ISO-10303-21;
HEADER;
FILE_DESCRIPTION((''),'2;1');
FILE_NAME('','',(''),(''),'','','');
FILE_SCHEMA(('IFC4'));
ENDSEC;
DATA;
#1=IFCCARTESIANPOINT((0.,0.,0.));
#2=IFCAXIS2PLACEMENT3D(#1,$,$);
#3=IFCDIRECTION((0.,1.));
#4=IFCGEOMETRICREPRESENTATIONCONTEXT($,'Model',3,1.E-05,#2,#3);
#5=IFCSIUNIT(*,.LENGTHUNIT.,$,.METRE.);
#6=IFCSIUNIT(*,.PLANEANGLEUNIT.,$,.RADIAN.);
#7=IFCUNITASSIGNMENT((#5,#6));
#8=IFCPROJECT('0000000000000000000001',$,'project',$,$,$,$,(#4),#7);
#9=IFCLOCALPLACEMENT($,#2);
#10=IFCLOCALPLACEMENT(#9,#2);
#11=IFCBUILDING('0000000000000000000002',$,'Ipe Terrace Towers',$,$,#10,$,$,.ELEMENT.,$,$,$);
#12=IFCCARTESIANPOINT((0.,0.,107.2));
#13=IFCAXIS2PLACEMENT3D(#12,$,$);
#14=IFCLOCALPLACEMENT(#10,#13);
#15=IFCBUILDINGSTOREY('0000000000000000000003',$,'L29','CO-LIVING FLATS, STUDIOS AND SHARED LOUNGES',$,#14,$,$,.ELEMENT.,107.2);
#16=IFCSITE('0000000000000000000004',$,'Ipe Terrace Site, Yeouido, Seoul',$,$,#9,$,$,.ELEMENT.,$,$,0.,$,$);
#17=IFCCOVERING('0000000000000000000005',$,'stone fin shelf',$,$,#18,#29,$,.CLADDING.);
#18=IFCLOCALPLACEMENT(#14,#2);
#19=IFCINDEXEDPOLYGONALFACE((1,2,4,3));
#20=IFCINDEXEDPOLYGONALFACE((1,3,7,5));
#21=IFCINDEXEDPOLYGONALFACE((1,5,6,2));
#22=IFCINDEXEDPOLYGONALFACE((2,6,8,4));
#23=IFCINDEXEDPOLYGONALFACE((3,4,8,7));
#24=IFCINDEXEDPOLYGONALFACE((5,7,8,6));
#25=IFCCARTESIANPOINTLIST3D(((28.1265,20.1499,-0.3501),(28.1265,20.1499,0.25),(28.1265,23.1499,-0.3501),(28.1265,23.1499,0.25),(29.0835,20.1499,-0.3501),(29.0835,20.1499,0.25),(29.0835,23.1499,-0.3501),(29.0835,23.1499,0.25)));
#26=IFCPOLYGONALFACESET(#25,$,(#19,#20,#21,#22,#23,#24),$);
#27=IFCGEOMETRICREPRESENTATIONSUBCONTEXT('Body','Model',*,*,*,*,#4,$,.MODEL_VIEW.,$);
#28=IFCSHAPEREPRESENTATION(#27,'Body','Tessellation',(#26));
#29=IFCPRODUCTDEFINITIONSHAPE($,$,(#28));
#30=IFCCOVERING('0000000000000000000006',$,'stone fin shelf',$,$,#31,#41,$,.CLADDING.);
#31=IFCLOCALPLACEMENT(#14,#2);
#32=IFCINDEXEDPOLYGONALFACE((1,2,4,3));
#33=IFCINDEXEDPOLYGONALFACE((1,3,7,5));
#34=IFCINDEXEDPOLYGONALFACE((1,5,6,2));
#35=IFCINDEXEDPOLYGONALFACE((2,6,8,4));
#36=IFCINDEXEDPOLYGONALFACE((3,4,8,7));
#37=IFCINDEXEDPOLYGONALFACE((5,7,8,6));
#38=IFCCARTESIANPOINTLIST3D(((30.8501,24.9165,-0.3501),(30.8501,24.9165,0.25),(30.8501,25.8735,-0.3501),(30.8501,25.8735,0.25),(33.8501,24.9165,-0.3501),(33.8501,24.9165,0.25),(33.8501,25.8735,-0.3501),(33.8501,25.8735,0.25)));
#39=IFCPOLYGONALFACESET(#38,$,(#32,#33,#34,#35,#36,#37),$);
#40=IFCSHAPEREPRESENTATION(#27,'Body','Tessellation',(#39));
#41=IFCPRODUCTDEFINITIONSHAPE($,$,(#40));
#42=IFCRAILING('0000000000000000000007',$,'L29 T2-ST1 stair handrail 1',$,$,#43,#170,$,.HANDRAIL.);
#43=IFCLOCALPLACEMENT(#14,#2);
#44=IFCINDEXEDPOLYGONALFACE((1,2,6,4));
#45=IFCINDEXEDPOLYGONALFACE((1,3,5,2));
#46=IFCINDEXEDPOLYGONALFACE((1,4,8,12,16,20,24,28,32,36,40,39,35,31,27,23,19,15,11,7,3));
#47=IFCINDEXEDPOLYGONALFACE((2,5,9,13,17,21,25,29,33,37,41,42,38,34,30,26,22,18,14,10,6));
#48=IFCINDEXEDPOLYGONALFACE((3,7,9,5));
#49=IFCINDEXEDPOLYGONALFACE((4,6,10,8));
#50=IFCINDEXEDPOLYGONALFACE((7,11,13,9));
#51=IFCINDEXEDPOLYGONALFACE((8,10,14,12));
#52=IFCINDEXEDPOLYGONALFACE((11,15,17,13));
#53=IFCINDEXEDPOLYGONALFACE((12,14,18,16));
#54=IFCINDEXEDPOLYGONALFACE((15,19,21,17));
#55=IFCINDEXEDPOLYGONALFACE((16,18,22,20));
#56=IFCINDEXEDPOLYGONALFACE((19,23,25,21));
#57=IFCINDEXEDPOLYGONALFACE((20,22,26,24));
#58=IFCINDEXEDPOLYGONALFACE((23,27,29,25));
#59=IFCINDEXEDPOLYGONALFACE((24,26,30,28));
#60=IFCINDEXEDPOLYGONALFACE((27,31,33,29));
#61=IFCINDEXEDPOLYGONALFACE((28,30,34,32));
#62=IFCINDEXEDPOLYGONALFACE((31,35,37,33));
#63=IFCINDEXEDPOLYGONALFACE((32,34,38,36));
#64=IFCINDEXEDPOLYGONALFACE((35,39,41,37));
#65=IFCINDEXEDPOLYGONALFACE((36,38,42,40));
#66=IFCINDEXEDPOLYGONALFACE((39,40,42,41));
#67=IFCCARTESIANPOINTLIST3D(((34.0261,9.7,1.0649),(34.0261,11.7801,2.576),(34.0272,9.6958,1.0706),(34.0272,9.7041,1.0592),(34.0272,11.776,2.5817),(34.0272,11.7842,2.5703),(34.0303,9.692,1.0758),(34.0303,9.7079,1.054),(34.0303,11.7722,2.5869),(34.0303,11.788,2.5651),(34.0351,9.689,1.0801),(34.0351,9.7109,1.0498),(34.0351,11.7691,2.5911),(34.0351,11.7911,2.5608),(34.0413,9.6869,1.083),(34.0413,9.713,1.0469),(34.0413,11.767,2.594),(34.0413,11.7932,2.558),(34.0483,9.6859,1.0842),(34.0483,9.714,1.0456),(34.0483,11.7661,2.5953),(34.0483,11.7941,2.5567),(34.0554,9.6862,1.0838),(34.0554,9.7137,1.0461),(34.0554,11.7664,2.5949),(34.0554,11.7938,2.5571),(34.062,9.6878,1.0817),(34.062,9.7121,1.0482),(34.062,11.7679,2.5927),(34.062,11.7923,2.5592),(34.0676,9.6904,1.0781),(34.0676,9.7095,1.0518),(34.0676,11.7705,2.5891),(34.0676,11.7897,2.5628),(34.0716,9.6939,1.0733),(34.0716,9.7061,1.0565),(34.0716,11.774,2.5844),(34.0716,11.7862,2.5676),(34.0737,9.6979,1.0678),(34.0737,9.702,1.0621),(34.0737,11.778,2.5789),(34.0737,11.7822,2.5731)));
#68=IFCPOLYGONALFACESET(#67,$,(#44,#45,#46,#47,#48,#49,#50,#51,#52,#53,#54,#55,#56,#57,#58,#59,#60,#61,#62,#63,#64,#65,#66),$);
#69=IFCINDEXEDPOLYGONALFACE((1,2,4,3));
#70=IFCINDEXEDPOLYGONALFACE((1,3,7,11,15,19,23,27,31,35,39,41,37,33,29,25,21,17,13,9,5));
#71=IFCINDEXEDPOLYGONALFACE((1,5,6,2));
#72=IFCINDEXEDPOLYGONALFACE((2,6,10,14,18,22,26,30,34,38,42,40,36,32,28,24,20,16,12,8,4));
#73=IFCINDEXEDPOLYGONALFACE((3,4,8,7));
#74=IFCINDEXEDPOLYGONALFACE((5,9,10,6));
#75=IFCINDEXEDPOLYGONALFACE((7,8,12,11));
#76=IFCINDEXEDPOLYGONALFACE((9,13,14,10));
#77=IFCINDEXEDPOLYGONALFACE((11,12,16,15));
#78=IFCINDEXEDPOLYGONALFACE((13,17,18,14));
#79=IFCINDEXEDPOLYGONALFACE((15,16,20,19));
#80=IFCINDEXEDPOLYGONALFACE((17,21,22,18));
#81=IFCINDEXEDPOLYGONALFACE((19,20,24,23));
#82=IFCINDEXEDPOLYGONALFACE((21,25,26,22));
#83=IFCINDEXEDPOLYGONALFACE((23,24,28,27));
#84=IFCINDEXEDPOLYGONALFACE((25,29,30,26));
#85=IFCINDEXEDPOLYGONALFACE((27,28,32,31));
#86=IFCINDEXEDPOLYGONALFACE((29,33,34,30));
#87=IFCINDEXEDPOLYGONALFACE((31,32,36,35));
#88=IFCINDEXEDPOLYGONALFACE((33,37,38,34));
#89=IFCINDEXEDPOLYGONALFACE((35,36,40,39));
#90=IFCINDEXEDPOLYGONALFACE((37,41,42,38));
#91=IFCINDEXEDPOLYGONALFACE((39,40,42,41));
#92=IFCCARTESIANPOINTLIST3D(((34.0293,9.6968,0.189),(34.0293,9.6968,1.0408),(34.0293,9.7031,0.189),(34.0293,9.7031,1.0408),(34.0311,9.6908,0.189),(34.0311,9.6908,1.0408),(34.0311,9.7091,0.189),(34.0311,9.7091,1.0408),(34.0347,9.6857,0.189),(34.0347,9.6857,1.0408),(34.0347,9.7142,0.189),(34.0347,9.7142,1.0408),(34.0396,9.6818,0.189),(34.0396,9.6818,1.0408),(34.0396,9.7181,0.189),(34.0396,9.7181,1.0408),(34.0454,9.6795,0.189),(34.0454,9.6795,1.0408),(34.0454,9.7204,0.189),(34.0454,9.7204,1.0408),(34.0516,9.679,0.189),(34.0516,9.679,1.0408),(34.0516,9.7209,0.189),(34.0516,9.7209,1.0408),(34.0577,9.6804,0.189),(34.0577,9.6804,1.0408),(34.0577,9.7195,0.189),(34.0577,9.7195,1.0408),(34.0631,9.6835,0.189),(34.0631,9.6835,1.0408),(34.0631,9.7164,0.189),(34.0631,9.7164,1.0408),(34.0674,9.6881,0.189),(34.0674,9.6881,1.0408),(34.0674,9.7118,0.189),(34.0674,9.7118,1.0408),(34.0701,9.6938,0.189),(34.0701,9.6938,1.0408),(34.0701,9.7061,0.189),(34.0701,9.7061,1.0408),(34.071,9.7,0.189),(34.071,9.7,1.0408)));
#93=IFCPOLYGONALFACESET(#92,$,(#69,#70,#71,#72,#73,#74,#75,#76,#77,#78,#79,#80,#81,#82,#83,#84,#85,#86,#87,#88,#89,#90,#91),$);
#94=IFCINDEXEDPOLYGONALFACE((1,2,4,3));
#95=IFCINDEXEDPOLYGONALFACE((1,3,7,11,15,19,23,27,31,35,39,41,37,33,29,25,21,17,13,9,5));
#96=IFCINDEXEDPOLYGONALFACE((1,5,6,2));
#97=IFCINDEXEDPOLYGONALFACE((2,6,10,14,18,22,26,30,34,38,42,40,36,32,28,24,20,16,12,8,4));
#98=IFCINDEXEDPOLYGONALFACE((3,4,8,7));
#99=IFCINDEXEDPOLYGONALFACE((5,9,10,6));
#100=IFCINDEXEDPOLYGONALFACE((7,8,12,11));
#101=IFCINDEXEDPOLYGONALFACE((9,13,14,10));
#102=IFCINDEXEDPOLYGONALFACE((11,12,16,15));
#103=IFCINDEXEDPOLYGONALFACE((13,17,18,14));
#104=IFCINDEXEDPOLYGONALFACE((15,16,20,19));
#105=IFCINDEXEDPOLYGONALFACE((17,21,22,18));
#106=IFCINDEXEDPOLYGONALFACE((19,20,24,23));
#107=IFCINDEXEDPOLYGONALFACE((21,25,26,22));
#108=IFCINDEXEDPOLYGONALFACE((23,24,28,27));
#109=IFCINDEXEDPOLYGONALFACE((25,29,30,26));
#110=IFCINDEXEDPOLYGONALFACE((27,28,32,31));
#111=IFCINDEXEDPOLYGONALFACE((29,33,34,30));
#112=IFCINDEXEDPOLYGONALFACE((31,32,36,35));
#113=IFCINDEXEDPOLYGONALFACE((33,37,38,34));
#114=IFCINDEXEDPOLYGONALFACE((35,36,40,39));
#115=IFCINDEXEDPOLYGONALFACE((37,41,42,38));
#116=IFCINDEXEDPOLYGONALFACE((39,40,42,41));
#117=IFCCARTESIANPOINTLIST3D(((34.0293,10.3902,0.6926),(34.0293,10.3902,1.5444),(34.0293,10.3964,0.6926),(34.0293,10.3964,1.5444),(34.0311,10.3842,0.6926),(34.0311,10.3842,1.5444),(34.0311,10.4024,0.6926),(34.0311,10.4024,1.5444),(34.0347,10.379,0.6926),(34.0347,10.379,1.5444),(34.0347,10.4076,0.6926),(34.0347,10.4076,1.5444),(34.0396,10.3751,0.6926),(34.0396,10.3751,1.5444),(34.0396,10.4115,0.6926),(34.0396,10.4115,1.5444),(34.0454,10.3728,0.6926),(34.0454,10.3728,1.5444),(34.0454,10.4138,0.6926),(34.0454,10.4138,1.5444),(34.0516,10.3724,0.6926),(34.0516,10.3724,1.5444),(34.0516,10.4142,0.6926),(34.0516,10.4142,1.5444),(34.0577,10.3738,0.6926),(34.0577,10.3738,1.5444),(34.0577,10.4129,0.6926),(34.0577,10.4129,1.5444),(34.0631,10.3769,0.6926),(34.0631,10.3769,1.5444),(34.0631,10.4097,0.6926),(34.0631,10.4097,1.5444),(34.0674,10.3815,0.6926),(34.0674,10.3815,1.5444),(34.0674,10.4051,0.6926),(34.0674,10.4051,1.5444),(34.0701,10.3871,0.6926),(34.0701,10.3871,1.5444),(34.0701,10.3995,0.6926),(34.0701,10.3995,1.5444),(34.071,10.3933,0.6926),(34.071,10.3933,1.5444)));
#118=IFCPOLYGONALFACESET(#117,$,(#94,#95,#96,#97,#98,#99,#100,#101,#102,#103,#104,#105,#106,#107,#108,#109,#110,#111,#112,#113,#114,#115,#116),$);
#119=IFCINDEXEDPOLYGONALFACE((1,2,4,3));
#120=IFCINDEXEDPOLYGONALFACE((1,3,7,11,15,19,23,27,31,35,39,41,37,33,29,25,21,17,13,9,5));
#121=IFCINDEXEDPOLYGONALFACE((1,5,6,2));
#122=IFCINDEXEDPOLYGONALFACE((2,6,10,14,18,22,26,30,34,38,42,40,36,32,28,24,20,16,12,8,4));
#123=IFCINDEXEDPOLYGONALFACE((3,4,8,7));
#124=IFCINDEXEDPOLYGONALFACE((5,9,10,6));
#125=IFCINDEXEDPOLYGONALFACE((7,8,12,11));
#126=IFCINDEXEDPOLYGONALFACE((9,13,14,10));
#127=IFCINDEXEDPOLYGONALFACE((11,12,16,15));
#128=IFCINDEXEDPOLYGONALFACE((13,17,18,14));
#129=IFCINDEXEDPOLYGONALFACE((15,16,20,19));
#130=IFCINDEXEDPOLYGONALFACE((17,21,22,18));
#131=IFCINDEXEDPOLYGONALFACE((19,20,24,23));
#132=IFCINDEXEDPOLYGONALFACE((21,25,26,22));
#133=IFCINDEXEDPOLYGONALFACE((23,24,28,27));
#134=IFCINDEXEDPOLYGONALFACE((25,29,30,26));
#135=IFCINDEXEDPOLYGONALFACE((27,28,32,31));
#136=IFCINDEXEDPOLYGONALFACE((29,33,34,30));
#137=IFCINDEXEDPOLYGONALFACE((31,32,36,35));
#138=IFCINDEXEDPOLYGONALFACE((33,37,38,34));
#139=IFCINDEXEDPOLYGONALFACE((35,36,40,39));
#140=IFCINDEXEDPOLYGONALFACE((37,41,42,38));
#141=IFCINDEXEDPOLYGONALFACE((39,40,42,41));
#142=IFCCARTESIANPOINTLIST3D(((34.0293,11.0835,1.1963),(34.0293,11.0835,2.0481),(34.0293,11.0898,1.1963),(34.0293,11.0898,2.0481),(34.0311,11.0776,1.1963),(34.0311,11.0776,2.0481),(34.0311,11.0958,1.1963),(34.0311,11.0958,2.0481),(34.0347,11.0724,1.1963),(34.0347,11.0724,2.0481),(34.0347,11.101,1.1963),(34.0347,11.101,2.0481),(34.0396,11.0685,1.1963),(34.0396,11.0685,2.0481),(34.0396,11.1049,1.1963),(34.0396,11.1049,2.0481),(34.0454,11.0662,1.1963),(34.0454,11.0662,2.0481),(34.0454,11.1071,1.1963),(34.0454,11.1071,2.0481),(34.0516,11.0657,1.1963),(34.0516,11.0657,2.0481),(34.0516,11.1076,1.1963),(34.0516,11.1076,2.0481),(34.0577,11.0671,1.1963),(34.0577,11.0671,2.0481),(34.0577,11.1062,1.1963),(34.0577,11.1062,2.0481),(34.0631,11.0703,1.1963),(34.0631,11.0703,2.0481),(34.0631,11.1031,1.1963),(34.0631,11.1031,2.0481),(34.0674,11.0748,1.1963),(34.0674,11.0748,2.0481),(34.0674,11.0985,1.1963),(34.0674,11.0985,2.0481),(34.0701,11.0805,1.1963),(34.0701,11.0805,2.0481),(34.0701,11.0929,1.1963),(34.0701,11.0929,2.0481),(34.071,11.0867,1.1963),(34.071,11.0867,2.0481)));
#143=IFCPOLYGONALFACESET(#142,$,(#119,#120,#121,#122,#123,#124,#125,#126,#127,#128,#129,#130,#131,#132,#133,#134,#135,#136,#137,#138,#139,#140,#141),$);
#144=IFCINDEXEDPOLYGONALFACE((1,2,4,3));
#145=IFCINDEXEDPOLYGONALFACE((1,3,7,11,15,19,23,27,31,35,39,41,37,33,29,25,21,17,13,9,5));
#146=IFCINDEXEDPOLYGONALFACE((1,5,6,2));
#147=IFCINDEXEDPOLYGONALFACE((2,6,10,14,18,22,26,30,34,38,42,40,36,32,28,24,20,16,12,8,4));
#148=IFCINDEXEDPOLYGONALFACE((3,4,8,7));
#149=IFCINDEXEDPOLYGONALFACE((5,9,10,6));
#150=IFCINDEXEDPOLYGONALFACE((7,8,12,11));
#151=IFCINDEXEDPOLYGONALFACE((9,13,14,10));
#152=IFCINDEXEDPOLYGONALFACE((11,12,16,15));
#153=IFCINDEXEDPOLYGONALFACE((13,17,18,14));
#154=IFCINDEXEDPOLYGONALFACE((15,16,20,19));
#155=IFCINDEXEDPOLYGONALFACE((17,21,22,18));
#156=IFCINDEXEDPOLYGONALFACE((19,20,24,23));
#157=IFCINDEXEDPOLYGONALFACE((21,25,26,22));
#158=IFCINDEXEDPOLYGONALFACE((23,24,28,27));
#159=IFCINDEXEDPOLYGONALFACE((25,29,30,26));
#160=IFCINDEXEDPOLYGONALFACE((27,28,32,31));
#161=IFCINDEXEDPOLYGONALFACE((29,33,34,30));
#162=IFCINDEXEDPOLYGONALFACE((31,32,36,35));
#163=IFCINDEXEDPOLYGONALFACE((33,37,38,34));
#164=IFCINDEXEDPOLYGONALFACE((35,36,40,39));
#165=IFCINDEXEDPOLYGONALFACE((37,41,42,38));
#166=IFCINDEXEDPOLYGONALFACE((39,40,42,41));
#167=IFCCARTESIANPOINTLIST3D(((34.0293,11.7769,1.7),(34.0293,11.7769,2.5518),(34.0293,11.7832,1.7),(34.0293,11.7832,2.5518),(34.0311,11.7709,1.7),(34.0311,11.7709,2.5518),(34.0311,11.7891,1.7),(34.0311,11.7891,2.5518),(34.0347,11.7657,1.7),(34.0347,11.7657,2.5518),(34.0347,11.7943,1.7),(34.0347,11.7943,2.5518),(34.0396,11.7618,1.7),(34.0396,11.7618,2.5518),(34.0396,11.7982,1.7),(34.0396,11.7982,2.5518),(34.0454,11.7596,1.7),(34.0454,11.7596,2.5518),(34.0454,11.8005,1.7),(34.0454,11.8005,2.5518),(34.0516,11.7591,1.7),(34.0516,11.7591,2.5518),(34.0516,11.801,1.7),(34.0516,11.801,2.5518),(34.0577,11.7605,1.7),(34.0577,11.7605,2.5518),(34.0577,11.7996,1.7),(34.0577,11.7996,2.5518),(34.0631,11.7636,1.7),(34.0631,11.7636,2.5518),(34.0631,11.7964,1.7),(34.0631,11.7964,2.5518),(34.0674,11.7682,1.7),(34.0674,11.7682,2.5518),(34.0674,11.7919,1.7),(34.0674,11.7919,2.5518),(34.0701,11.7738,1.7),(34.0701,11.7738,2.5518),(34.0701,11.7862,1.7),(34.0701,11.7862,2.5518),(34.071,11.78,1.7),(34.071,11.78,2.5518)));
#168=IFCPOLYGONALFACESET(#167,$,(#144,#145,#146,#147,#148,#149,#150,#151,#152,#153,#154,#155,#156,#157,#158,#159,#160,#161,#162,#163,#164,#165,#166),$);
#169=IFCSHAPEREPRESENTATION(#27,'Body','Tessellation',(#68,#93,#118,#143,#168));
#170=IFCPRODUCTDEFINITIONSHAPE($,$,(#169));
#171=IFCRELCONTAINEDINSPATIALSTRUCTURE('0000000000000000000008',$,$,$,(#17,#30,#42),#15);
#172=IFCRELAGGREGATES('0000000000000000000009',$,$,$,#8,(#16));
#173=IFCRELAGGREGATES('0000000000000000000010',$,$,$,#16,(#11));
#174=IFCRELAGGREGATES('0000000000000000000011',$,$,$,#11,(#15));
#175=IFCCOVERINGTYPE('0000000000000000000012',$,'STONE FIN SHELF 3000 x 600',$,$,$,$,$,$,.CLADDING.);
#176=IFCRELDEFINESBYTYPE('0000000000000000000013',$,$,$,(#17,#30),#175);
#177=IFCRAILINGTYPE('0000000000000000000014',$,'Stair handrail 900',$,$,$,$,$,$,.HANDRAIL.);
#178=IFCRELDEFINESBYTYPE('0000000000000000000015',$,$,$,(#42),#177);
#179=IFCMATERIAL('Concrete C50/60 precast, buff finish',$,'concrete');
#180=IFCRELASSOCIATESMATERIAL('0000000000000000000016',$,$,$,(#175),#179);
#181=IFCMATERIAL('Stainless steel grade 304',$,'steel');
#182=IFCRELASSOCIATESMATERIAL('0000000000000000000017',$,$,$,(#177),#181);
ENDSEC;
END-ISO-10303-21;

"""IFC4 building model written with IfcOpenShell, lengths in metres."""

from ifc_helpers import new_model, si_unit, direction, frame, origin, origin_2d, place, context, subcontext, project, spatial, rectangle, circle, extrude, material, type_object, element, save


model = new_model("IFC4")

# Units and contexts
model_context = context("Model", 3, precision=1e-05, world=origin(), true_north=direction((0.0, 1.0)))
body_context = subcontext(model_context, "Body", "Model", "MODEL_VIEW")
ifc_project = project(units=[si_unit("LENGTHUNIT", "METRE"), si_unit("PLANEANGLEUNIT", "RADIAN")], contexts=[model_context])

# Site, building, storey
site_placement = place(None, origin())
site = spatial("IfcSite", under=ifc_project, at=site_placement, Name="Ipe Terrace Site, Yeouido, Seoul", CompositionType="ELEMENT", RefElevation=0.0)
building_placement = place(site_placement, origin())
building = spatial("IfcBuilding", under=site, at=building_placement, Name="Ipe Terrace Towers", CompositionType="ELEMENT")
storey_placement = place(building_placement, frame((0.0, 0.0, 107.2)))
storey = spatial("IfcBuildingStorey", under=building, at=storey_placement, Name="L29", Description="CO-LIVING FLATS, STUDIOS AND SHARED LOUNGES", CompositionType="ELEMENT", Elevation=107.2)

# Coverings
ifc_material_1 = material(Name="Concrete C50/60 precast, buff finish", Category="concrete")
covering_type_1 = type_object("IfcCoveringType", Name="STONE FIN SHELF 3000 x 600", PredefinedType="CLADDING", material=ifc_material_1)
for number, where, z_axis, x_axis, name in (
    (1, (28.605, 21.6499, -0.3501), (0.0, 0.0, 1.0), (0.0, -1.0, 0.0), "stone fin shelf"),
    (2, (32.3501, 25.395, -0.3501), (0.0, 0.0, 1.0), (-1.0, 0.0, 0.0), "stone fin shelf"),
):
    element("IfcCovering", number, at=place(storey_placement, frame(where, z_axis=z_axis, x_axis=x_axis)), inside=storey, type_object=covering_type_1, Name=name, PredefinedType="CLADDING", context=body_context, shape_type="SweptSolid", body=[
        extrude(rectangle(XDim=3.0, YDim=0.957, at=origin_2d()), origin(), (0.0, 0.0, 1.0), 0.6001),
    ])

# Railing
ifc_material_2 = material(Name="Stainless steel grade 304", Category="steel")
railing_type_1 = type_object("IfcRailingType", Name="Stair handrail 900", PredefinedType="HANDRAIL", material=ifc_material_2)
railing_1_placement = place(storey_placement, frame((34.05, 9.7, 0.189)))
element("IfcRailing", 3, at=railing_1_placement, inside=storey, type_object=railing_type_1, Name="L29 T2-ST1 stair handrail 1", PredefinedType="HANDRAIL", context=body_context, shape_type="SweptSolid", body=[
    extrude(circle(Radius=0.0239, at=origin_2d()), frame((0.0, 0.0, 0.876), z_axis=(0.0, 0.809069, 0.587714), x_axis=(-1.0, 0.0, 0.0)), (0.0, 0.0, 1.0), 2.571),
    extrude(circle(Radius=0.021, at=origin_2d()), origin(), (0.0, 0.0, 1.0), 0.8518),
    extrude(circle(Radius=0.021, at=origin_2d()), frame((0.0, 0.6934, 0.5037)), (0.0, 0.0, 1.0), 0.8518),
    extrude(circle(Radius=0.021, at=origin_2d()), frame((0.0, 1.3867, 1.0073)), (0.0, 0.0, 1.0), 0.8518),
    extrude(circle(Radius=0.021, at=origin_2d()), frame((0.0, 2.0801, 1.511)), (0.0, 0.0, 1.0), 0.8518),
])

save(model, "model.ifc")
